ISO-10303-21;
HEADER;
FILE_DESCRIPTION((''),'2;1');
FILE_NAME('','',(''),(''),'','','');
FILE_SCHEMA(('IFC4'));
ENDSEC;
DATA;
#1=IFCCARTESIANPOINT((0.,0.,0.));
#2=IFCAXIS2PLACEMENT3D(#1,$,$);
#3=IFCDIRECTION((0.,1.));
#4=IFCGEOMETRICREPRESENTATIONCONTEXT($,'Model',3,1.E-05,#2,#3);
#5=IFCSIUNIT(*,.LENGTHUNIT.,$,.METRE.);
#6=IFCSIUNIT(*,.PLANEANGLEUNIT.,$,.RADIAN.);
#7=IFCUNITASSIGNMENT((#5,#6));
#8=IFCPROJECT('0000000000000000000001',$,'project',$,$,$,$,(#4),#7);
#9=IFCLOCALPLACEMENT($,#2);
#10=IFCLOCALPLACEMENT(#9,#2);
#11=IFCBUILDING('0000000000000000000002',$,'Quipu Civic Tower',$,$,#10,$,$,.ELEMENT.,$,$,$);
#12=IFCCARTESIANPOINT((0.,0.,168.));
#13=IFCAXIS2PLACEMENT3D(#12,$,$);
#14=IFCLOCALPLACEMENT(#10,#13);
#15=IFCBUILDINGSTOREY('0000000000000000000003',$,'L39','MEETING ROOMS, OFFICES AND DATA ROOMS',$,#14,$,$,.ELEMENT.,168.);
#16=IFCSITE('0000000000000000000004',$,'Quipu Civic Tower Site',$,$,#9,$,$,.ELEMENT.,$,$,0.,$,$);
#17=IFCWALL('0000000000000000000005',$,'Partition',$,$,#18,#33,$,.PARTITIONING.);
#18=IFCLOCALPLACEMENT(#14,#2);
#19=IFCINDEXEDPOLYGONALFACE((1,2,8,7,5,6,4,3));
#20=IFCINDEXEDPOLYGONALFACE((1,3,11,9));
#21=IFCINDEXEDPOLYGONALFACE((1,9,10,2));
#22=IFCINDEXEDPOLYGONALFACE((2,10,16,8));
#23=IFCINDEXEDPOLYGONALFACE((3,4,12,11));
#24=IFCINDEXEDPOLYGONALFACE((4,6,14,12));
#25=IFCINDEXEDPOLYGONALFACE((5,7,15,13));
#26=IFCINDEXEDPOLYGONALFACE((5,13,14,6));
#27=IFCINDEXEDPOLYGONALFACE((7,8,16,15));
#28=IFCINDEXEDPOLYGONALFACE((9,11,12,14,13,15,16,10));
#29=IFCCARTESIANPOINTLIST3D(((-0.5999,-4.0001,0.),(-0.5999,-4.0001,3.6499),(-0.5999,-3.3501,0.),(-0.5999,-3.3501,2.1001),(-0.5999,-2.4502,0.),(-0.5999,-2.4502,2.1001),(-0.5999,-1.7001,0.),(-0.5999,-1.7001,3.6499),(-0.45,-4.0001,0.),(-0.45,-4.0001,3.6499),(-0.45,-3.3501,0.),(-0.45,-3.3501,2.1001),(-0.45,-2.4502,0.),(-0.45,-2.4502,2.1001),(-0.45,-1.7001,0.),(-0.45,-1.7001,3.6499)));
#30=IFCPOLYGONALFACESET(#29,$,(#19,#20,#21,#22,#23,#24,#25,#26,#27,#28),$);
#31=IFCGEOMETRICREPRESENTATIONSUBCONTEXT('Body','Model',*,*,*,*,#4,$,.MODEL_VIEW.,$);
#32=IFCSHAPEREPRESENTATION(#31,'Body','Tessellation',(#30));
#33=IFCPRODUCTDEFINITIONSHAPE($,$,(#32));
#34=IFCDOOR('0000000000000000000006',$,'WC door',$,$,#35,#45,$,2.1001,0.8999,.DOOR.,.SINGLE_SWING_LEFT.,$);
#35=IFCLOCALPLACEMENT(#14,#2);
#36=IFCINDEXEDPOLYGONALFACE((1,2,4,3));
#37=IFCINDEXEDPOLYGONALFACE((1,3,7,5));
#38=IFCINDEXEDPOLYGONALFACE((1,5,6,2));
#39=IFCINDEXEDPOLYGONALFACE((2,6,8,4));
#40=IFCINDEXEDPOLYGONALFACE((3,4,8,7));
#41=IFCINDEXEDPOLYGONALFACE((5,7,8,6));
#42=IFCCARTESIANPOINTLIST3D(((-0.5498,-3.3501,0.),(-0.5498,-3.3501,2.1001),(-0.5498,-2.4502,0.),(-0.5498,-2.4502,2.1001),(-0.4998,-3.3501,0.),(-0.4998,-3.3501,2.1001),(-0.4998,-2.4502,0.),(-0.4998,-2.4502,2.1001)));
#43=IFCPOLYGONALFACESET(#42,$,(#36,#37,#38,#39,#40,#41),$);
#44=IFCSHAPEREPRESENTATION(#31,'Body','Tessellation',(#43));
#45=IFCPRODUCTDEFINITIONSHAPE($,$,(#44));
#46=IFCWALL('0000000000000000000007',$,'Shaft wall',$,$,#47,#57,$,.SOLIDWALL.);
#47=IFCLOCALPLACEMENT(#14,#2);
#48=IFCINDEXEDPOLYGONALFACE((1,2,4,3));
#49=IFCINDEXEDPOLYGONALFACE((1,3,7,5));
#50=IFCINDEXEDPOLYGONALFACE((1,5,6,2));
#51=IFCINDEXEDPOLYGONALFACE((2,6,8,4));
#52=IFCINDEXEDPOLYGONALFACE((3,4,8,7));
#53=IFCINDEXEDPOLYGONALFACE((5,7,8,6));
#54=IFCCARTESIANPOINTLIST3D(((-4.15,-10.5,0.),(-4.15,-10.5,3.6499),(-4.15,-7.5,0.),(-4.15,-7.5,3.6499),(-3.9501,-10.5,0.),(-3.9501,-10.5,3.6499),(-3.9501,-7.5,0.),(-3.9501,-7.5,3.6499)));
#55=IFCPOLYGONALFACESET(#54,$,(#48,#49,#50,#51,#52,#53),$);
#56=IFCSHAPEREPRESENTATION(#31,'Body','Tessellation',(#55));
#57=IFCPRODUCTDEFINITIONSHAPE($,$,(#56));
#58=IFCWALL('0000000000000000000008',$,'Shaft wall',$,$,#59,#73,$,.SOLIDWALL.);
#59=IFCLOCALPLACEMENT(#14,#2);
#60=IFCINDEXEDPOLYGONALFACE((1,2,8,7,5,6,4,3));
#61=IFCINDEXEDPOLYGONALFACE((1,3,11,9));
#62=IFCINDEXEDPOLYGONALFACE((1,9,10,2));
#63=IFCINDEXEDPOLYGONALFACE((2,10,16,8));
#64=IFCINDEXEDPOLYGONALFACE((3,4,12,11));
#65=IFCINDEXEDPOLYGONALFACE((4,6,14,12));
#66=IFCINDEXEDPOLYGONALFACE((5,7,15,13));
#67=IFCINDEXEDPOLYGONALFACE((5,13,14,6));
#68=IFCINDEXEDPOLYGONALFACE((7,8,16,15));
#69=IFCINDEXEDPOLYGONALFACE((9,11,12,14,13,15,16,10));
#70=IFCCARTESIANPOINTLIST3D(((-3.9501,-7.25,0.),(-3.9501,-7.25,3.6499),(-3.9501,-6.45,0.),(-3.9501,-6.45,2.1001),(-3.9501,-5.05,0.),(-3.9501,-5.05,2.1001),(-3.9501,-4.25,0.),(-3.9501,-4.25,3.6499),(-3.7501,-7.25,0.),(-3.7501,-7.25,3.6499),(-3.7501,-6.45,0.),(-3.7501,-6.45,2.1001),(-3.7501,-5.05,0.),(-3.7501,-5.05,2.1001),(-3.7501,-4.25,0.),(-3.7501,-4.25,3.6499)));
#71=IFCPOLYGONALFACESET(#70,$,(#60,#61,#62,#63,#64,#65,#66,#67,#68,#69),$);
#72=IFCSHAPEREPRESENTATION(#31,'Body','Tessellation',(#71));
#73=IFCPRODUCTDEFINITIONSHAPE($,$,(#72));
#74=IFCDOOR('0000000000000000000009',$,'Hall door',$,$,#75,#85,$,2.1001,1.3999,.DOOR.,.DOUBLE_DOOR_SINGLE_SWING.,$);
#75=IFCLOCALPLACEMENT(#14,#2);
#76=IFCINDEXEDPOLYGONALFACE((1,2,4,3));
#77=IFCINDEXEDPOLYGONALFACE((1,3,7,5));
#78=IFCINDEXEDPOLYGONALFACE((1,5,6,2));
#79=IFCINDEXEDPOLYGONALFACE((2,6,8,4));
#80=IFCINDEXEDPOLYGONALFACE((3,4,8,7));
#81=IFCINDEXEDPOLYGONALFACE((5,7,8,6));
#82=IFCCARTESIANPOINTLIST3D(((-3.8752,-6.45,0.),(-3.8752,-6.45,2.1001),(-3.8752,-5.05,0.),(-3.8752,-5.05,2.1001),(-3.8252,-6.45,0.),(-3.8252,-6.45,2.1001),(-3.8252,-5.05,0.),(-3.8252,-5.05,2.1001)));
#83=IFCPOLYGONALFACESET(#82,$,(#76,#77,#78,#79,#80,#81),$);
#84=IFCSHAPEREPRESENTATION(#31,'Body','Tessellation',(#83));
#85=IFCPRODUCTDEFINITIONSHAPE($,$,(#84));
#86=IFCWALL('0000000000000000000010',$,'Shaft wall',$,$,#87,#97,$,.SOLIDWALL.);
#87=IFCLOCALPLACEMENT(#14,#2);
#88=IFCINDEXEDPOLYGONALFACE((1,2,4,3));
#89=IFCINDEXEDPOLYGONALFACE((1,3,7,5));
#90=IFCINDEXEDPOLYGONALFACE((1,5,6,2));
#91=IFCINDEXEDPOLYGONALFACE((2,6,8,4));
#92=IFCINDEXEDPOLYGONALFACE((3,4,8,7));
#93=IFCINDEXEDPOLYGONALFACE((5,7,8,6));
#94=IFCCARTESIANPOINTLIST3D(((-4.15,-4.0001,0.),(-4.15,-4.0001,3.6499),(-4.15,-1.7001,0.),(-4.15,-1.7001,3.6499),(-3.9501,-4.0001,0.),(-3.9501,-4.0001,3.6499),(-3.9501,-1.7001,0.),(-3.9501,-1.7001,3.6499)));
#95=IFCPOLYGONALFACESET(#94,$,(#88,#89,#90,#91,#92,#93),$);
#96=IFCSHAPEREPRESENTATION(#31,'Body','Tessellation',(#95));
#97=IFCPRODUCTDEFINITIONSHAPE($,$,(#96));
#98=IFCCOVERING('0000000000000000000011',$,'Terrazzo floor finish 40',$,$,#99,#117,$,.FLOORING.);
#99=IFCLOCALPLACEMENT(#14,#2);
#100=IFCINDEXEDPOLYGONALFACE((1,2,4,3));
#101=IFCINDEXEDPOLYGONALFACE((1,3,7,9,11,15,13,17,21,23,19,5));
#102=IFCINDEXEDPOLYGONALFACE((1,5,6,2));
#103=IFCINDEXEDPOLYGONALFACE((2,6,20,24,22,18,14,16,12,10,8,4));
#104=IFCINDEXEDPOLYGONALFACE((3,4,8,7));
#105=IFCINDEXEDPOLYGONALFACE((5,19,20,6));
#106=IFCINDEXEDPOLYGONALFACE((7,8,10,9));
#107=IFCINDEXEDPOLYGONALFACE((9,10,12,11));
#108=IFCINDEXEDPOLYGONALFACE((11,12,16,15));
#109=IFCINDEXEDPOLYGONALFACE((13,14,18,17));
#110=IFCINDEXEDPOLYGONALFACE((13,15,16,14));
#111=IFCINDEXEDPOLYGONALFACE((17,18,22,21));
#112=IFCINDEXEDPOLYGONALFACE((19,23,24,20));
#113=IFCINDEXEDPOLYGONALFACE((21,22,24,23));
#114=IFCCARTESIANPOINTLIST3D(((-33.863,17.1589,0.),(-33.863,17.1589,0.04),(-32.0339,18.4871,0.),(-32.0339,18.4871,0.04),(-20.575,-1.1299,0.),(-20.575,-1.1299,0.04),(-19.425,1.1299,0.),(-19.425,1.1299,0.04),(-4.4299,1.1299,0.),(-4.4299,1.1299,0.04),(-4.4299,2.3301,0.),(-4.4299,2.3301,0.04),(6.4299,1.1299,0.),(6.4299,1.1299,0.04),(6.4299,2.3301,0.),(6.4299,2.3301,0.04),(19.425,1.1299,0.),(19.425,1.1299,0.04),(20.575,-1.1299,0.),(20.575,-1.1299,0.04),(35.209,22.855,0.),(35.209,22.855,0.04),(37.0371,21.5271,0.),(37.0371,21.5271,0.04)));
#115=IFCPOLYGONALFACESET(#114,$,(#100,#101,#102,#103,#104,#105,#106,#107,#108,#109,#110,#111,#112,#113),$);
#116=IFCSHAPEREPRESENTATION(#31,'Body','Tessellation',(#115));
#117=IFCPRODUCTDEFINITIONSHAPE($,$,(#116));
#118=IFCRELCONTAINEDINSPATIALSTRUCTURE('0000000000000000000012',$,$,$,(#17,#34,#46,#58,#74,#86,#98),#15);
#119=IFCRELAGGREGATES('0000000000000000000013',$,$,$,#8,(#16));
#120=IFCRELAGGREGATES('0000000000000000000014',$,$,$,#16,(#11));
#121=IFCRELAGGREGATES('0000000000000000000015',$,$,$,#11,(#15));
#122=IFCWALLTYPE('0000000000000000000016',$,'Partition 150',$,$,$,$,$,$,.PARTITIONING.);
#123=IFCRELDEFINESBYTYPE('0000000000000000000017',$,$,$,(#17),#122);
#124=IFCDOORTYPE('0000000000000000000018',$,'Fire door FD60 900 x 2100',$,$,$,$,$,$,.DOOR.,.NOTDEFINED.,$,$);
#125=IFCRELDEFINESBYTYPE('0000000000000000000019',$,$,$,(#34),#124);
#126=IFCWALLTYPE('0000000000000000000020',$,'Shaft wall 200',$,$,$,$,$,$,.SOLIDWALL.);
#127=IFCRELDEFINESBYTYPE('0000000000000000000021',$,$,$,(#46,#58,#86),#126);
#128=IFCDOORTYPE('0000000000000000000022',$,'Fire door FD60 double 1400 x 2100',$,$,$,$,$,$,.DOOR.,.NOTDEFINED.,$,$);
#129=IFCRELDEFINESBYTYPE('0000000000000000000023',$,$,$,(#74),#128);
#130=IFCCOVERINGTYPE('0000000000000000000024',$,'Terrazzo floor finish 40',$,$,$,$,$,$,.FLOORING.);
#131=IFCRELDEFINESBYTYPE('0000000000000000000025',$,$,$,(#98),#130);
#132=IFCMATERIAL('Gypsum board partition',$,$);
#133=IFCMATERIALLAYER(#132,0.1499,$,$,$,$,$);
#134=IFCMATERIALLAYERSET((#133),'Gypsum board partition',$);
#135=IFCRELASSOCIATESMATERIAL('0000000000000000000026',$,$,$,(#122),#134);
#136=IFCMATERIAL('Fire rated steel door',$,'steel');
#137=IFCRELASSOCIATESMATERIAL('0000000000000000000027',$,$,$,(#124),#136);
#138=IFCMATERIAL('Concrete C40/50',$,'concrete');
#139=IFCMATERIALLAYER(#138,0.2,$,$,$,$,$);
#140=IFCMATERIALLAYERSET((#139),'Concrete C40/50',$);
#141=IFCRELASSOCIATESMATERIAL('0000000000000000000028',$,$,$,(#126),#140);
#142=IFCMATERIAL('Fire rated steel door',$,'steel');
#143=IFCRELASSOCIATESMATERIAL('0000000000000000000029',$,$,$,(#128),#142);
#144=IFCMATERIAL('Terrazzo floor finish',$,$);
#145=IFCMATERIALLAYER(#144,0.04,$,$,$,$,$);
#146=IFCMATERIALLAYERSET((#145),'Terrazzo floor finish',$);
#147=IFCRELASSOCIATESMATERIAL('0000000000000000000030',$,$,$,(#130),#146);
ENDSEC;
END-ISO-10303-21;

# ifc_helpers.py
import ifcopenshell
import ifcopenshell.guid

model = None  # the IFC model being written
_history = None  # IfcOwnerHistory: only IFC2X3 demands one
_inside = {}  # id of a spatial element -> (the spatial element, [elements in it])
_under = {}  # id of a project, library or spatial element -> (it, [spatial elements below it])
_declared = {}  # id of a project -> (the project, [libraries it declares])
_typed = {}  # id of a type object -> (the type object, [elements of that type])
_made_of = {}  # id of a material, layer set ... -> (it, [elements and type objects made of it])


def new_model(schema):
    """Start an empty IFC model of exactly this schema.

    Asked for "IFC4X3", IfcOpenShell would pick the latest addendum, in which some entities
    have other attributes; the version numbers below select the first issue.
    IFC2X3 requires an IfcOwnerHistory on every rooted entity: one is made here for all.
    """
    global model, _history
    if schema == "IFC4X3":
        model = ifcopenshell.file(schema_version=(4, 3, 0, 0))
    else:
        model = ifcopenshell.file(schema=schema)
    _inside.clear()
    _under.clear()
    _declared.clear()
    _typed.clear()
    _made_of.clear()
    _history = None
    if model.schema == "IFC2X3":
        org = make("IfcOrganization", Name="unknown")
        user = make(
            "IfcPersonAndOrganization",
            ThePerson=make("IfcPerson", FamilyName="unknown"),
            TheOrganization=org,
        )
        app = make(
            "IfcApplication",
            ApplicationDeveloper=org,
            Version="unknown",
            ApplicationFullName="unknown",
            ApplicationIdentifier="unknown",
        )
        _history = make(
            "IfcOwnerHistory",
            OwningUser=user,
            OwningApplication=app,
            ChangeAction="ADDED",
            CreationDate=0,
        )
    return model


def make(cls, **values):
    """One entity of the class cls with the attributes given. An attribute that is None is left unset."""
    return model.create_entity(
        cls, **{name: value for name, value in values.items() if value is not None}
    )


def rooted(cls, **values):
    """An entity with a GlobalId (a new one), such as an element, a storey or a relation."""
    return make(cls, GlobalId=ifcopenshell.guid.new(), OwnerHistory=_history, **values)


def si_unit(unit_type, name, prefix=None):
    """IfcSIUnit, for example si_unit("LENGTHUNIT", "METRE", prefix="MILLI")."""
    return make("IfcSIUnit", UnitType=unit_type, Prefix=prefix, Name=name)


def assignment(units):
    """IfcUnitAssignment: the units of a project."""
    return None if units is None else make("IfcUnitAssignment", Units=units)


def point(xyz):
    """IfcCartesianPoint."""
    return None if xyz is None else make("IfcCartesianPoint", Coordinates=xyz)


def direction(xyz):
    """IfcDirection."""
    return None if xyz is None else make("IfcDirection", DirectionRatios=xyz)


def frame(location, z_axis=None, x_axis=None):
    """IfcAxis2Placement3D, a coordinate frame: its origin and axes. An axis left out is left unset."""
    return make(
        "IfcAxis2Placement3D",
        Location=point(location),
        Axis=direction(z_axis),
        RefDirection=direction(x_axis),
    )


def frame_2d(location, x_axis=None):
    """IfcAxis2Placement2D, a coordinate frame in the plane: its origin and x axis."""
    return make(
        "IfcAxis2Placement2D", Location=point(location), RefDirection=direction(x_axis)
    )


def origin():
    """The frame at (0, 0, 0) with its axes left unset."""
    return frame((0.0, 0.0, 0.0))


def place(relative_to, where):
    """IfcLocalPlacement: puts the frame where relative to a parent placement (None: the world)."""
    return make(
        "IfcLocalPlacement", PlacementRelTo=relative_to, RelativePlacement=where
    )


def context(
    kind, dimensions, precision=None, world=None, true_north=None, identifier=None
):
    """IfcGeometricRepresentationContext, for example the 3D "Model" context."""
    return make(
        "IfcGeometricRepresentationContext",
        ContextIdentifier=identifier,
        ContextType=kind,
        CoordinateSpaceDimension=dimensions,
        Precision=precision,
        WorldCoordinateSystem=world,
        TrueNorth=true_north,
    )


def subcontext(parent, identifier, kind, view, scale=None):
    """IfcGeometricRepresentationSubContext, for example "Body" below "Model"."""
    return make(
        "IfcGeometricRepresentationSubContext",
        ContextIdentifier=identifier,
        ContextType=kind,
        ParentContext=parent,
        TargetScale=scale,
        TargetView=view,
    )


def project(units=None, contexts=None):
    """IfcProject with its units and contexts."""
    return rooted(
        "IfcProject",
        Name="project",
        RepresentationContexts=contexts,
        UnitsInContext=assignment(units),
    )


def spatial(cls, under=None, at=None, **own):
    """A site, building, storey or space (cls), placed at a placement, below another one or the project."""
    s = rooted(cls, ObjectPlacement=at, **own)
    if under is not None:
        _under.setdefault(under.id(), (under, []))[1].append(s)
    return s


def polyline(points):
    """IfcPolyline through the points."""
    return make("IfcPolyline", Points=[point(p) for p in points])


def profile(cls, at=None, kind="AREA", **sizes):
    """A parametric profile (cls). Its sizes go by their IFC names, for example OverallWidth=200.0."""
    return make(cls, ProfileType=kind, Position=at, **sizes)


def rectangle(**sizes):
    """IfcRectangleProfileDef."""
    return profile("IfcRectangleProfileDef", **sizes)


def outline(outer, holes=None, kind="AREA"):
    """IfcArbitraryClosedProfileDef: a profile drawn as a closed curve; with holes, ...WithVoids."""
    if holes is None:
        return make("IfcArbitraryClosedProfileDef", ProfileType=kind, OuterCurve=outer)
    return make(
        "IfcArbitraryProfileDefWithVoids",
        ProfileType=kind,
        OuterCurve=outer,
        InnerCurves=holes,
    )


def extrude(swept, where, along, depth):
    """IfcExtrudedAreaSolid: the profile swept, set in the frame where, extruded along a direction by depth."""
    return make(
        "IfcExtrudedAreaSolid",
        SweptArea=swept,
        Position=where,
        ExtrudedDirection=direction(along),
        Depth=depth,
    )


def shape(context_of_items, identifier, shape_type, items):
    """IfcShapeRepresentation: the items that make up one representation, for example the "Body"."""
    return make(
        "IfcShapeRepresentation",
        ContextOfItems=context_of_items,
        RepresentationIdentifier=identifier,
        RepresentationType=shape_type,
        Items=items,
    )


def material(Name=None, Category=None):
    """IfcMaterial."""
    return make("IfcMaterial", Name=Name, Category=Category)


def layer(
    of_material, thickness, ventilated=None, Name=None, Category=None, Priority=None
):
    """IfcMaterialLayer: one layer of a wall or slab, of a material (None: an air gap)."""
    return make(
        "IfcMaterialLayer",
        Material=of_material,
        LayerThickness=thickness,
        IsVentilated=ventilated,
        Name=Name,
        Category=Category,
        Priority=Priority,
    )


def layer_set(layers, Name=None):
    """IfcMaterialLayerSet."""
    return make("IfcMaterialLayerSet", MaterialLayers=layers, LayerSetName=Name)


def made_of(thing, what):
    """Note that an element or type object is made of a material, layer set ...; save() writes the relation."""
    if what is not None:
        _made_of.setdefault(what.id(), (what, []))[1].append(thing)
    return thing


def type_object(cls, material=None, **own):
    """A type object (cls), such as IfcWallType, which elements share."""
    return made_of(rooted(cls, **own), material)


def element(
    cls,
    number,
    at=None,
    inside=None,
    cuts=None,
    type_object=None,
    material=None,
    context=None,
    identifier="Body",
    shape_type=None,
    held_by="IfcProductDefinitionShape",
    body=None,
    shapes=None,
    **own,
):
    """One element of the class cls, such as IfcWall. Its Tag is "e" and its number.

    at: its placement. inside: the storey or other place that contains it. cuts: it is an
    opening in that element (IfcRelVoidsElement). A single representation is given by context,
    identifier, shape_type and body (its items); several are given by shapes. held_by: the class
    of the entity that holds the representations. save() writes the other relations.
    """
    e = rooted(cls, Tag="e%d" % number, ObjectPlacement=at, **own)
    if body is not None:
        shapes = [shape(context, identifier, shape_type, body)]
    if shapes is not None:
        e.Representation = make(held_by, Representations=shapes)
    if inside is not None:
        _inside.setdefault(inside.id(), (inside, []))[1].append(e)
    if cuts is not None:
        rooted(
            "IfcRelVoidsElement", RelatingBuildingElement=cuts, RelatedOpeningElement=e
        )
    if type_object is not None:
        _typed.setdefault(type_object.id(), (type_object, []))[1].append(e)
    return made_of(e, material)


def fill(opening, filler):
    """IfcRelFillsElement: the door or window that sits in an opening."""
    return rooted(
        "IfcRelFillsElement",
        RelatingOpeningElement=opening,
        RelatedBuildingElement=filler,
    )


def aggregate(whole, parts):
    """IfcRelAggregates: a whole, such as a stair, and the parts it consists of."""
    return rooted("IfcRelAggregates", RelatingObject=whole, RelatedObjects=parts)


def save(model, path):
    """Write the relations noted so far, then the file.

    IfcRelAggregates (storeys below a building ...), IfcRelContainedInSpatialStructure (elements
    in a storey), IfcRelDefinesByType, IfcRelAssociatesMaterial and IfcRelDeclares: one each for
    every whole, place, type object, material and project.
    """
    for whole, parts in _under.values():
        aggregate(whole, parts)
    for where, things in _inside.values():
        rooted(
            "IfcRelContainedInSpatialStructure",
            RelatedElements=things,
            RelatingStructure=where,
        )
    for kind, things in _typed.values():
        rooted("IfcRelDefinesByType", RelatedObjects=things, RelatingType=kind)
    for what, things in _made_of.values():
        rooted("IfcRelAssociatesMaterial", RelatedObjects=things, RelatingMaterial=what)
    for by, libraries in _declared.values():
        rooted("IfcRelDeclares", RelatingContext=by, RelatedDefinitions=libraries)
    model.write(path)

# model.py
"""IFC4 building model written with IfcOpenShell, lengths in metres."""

from ifc_helpers import new_model, si_unit, direction, frame, frame_2d, origin, place, context, subcontext, project, spatial, polyline, rectangle, outline, extrude, material, layer, layer_set, type_object, element, fill, save


model = new_model("IFC4")

# Units and contexts
model_context = context("Model", 3, precision=1e-05, world=origin(), true_north=direction((0.0, 1.0)))
body_context = subcontext(model_context, "Body", "Model", "MODEL_VIEW")
ifc_project = project(units=[si_unit("LENGTHUNIT", "METRE"), si_unit("PLANEANGLEUNIT", "RADIAN")], contexts=[model_context])

# Site, building, storey
site_placement = place(None, origin())
site = spatial("IfcSite", under=ifc_project, at=site_placement, Name="Quipu Civic Tower Site", CompositionType="ELEMENT", RefElevation=0.0)
building_placement = place(site_placement, origin())
building = spatial("IfcBuilding", under=site, at=building_placement, Name="Quipu Civic Tower", CompositionType="ELEMENT")
storey_placement = place(building_placement, frame((0.0, 0.0, 168.0)))
storey = spatial("IfcBuildingStorey", under=building, at=storey_placement, Name="L39", Description="MEETING ROOMS, OFFICES AND DATA ROOMS", CompositionType="ELEMENT", Elevation=168.0)

# Shared definitions
ifc_material_1 = material(Name="Gypsum board partition")
ifc_layer_1 = layer(ifc_material_1, 0.1499)
ifc_layer_set_1 = layer_set([ifc_layer_1], Name="Gypsum board partition")
wall_type_1 = type_object("IfcWallType", Name="Partition 150", PredefinedType="PARTITIONING", material=ifc_layer_set_1)

# Wall, opening, door
ifc_material_2 = material(Name="Fire rated steel door", Category="steel")
door_type_1 = type_object("IfcDoorType", Name="Fire door FD60 900 x 2100", OperationType="NOTDEFINED", PredefinedType="DOOR", material=ifc_material_2)
wall_1_placement = place(storey_placement, frame((-0.5249, -4.0, 0.0), z_axis=(0.0, 0.0, 1.0), x_axis=(0.0, 1.0, 0.0)))
wall_1 = element("IfcWall", 1, at=wall_1_placement, inside=storey, type_object=wall_type_1, Name="Partition", PredefinedType="PARTITIONING", context=body_context, shape_type="SweptSolid", body=[
    extrude(rectangle(XDim=2.3, YDim=0.1499, at=frame_2d((1.1499, 0.0))), origin(), (0.0, 0.0, 1.0), 3.6499),
])
opening_1_placement = place(wall_1_placement, frame((0.6499, 0.0, 0.0)))
opening_1 = element("IfcOpeningElement", 2, at=opening_1_placement, cuts=wall_1, PredefinedType="OPENING", context=body_context, shape_type="SweptSolid", body=[
    extrude(rectangle(XDim=0.8999, YDim=2.1001, at=frame_2d((0.45, 1.05))), frame((0.0, 0.085, 0.0), z_axis=(0.0, -1.0, 0.0), x_axis=(1.0, 0.0, 0.0)), (0.0, 0.0, 1.0), 0.1699),
])
door_1_placement = place(opening_1_placement, origin())
door_1 = element("IfcDoor", 3, at=door_1_placement, inside=storey, type_object=door_type_1, Name="WC door", OperationType="SINGLE_SWING_LEFT", OverallHeight=2.1001, OverallWidth=0.8999, PredefinedType="DOOR", context=body_context, shape_type="SweptSolid", body=[
    extrude(rectangle(XDim=0.8999, YDim=2.1001, at=frame_2d((0.45, 1.05))), frame((0.0, 0.0249, 0.0), z_axis=(0.0, -1.0, 0.0), x_axis=(1.0, 0.0, 0.0)), (0.0, 0.0, 1.0), 0.05),
])
fill(opening_1, door_1)

# Wall
ifc_material_3 = material(Name="Concrete C40/50", Category="concrete")
ifc_layer_2 = layer(ifc_material_3, 0.2)
ifc_layer_set_2 = layer_set([ifc_layer_2], Name="Concrete C40/50")
wall_type_2 = type_object("IfcWallType", Name="Shaft wall 200", PredefinedType="SOLIDWALL", material=ifc_layer_set_2)
wall_2_placement = place(storey_placement, frame((-4.05, -10.5, 0.0), z_axis=(0.0, 0.0, 1.0), x_axis=(0.0, 1.0, 0.0)))
element("IfcWall", 4, at=wall_2_placement, inside=storey, type_object=wall_type_2, Name="Shaft wall", PredefinedType="SOLIDWALL", context=body_context, shape_type="SweptSolid", body=[
    extrude(rectangle(XDim=3.0, YDim=0.2, at=frame_2d((1.5, 0.0))), origin(), (0.0, 0.0, 1.0), 3.6499),
])

# Wall, opening, door
wall_3_placement = place(storey_placement, frame((-3.8501, -4.25, 0.0), z_axis=(0.0, 0.0, 1.0), x_axis=(0.0, -1.0, 0.0)))
wall_3 = element("IfcWall", 5, at=wall_3_placement, inside=storey, type_object=wall_type_2, Name="Shaft wall", PredefinedType="SOLIDWALL", context=body_context, shape_type="SweptSolid", body=[
    extrude(rectangle(XDim=3.0, YDim=0.2, at=frame_2d((1.5, 0.0))), origin(), (0.0, 0.0, 1.0), 3.6499),
])
opening_2_placement = place(wall_3_placement, frame((0.8, 0.0, 0.0)))
opening_2 = element("IfcOpeningElement", 6, at=opening_2_placement, cuts=wall_3, PredefinedType="OPENING", context=body_context, shape_type="SweptSolid", body=[
    extrude(rectangle(XDim=1.3999, YDim=2.1001, at=frame_2d((0.7, 1.05))), frame((0.0, 0.1099, 0.0), z_axis=(0.0, -1.0, 0.0), x_axis=(1.0, 0.0, 0.0)), (0.0, 0.0, 1.0), 0.22),
])
ifc_material_4 = material(Name="Fire rated steel door", Category="steel")
door_type_2 = type_object("IfcDoorType", Name="Fire door FD60 double 1400 x 2100", OperationType="NOTDEFINED", PredefinedType="DOOR", material=ifc_material_4)
door_2_placement = place(opening_2_placement, origin())
door_2 = element("IfcDoor", 7, at=door_2_placement, inside=storey, type_object=door_type_2, Name="Hall door", OperationType="DOUBLE_DOOR_SINGLE_SWING", OverallHeight=2.1001, OverallWidth=1.3999, PredefinedType="DOOR", context=body_context, shape_type="SweptSolid", body=[
    extrude(rectangle(XDim=1.3999, YDim=2.1001, at=frame_2d((0.7, 1.05))), frame((0.0, 0.0249, 0.0), z_axis=(0.0, -1.0, 0.0), x_axis=(1.0, 0.0, 0.0)), (0.0, 0.0, 1.0), 0.05),
])
fill(opening_2, door_2)

# Wall
wall_4_placement = place(storey_placement, frame((-4.05, -4.0, 0.0), z_axis=(0.0, 0.0, 1.0), x_axis=(0.0, 1.0, 0.0)))
element("IfcWall", 8, at=wall_4_placement, inside=storey, type_object=wall_type_2, Name="Shaft wall", PredefinedType="SOLIDWALL", context=body_context, shape_type="SweptSolid", body=[
    extrude(rectangle(XDim=2.3, YDim=0.2, at=frame_2d((1.1499, 0.0))), origin(), (0.0, 0.0, 1.0), 3.6499),
])

# Covering
ifc_material_5 = material(Name="Terrazzo floor finish")
ifc_layer_3 = layer(ifc_material_5, 0.04)
ifc_layer_set_3 = layer_set([ifc_layer_3], Name="Terrazzo floor finish")
covering_type = type_object("IfcCoveringType", Name="Terrazzo floor finish 40", PredefinedType="FLOORING", material=ifc_layer_set_3)
covering_placement = place(storey_placement, origin())
element("IfcCovering", 9, at=covering_placement, inside=storey, type_object=covering_type, Name="Terrazzo floor finish 40", PredefinedType="FLOORING", context=body_context, shape_type="SweptSolid", body=[
    extrude(outline(polyline([(19.425, 1.1299), (35.209, 22.855), (37.0371, 21.5271), (20.575, -1.1299), (-20.575, -1.1299), (-33.863, 17.1589), (-32.0339, 18.4871), (-19.425, 1.1299), (-4.4299, 1.1299), (-4.4299, 2.3301), (6.4299, 2.3301), (6.4299, 1.1299), (19.425, 1.1299)])), origin(), (0.0, 0.0, 1.0), 0.04),
])

save(model, "model.ifc")
